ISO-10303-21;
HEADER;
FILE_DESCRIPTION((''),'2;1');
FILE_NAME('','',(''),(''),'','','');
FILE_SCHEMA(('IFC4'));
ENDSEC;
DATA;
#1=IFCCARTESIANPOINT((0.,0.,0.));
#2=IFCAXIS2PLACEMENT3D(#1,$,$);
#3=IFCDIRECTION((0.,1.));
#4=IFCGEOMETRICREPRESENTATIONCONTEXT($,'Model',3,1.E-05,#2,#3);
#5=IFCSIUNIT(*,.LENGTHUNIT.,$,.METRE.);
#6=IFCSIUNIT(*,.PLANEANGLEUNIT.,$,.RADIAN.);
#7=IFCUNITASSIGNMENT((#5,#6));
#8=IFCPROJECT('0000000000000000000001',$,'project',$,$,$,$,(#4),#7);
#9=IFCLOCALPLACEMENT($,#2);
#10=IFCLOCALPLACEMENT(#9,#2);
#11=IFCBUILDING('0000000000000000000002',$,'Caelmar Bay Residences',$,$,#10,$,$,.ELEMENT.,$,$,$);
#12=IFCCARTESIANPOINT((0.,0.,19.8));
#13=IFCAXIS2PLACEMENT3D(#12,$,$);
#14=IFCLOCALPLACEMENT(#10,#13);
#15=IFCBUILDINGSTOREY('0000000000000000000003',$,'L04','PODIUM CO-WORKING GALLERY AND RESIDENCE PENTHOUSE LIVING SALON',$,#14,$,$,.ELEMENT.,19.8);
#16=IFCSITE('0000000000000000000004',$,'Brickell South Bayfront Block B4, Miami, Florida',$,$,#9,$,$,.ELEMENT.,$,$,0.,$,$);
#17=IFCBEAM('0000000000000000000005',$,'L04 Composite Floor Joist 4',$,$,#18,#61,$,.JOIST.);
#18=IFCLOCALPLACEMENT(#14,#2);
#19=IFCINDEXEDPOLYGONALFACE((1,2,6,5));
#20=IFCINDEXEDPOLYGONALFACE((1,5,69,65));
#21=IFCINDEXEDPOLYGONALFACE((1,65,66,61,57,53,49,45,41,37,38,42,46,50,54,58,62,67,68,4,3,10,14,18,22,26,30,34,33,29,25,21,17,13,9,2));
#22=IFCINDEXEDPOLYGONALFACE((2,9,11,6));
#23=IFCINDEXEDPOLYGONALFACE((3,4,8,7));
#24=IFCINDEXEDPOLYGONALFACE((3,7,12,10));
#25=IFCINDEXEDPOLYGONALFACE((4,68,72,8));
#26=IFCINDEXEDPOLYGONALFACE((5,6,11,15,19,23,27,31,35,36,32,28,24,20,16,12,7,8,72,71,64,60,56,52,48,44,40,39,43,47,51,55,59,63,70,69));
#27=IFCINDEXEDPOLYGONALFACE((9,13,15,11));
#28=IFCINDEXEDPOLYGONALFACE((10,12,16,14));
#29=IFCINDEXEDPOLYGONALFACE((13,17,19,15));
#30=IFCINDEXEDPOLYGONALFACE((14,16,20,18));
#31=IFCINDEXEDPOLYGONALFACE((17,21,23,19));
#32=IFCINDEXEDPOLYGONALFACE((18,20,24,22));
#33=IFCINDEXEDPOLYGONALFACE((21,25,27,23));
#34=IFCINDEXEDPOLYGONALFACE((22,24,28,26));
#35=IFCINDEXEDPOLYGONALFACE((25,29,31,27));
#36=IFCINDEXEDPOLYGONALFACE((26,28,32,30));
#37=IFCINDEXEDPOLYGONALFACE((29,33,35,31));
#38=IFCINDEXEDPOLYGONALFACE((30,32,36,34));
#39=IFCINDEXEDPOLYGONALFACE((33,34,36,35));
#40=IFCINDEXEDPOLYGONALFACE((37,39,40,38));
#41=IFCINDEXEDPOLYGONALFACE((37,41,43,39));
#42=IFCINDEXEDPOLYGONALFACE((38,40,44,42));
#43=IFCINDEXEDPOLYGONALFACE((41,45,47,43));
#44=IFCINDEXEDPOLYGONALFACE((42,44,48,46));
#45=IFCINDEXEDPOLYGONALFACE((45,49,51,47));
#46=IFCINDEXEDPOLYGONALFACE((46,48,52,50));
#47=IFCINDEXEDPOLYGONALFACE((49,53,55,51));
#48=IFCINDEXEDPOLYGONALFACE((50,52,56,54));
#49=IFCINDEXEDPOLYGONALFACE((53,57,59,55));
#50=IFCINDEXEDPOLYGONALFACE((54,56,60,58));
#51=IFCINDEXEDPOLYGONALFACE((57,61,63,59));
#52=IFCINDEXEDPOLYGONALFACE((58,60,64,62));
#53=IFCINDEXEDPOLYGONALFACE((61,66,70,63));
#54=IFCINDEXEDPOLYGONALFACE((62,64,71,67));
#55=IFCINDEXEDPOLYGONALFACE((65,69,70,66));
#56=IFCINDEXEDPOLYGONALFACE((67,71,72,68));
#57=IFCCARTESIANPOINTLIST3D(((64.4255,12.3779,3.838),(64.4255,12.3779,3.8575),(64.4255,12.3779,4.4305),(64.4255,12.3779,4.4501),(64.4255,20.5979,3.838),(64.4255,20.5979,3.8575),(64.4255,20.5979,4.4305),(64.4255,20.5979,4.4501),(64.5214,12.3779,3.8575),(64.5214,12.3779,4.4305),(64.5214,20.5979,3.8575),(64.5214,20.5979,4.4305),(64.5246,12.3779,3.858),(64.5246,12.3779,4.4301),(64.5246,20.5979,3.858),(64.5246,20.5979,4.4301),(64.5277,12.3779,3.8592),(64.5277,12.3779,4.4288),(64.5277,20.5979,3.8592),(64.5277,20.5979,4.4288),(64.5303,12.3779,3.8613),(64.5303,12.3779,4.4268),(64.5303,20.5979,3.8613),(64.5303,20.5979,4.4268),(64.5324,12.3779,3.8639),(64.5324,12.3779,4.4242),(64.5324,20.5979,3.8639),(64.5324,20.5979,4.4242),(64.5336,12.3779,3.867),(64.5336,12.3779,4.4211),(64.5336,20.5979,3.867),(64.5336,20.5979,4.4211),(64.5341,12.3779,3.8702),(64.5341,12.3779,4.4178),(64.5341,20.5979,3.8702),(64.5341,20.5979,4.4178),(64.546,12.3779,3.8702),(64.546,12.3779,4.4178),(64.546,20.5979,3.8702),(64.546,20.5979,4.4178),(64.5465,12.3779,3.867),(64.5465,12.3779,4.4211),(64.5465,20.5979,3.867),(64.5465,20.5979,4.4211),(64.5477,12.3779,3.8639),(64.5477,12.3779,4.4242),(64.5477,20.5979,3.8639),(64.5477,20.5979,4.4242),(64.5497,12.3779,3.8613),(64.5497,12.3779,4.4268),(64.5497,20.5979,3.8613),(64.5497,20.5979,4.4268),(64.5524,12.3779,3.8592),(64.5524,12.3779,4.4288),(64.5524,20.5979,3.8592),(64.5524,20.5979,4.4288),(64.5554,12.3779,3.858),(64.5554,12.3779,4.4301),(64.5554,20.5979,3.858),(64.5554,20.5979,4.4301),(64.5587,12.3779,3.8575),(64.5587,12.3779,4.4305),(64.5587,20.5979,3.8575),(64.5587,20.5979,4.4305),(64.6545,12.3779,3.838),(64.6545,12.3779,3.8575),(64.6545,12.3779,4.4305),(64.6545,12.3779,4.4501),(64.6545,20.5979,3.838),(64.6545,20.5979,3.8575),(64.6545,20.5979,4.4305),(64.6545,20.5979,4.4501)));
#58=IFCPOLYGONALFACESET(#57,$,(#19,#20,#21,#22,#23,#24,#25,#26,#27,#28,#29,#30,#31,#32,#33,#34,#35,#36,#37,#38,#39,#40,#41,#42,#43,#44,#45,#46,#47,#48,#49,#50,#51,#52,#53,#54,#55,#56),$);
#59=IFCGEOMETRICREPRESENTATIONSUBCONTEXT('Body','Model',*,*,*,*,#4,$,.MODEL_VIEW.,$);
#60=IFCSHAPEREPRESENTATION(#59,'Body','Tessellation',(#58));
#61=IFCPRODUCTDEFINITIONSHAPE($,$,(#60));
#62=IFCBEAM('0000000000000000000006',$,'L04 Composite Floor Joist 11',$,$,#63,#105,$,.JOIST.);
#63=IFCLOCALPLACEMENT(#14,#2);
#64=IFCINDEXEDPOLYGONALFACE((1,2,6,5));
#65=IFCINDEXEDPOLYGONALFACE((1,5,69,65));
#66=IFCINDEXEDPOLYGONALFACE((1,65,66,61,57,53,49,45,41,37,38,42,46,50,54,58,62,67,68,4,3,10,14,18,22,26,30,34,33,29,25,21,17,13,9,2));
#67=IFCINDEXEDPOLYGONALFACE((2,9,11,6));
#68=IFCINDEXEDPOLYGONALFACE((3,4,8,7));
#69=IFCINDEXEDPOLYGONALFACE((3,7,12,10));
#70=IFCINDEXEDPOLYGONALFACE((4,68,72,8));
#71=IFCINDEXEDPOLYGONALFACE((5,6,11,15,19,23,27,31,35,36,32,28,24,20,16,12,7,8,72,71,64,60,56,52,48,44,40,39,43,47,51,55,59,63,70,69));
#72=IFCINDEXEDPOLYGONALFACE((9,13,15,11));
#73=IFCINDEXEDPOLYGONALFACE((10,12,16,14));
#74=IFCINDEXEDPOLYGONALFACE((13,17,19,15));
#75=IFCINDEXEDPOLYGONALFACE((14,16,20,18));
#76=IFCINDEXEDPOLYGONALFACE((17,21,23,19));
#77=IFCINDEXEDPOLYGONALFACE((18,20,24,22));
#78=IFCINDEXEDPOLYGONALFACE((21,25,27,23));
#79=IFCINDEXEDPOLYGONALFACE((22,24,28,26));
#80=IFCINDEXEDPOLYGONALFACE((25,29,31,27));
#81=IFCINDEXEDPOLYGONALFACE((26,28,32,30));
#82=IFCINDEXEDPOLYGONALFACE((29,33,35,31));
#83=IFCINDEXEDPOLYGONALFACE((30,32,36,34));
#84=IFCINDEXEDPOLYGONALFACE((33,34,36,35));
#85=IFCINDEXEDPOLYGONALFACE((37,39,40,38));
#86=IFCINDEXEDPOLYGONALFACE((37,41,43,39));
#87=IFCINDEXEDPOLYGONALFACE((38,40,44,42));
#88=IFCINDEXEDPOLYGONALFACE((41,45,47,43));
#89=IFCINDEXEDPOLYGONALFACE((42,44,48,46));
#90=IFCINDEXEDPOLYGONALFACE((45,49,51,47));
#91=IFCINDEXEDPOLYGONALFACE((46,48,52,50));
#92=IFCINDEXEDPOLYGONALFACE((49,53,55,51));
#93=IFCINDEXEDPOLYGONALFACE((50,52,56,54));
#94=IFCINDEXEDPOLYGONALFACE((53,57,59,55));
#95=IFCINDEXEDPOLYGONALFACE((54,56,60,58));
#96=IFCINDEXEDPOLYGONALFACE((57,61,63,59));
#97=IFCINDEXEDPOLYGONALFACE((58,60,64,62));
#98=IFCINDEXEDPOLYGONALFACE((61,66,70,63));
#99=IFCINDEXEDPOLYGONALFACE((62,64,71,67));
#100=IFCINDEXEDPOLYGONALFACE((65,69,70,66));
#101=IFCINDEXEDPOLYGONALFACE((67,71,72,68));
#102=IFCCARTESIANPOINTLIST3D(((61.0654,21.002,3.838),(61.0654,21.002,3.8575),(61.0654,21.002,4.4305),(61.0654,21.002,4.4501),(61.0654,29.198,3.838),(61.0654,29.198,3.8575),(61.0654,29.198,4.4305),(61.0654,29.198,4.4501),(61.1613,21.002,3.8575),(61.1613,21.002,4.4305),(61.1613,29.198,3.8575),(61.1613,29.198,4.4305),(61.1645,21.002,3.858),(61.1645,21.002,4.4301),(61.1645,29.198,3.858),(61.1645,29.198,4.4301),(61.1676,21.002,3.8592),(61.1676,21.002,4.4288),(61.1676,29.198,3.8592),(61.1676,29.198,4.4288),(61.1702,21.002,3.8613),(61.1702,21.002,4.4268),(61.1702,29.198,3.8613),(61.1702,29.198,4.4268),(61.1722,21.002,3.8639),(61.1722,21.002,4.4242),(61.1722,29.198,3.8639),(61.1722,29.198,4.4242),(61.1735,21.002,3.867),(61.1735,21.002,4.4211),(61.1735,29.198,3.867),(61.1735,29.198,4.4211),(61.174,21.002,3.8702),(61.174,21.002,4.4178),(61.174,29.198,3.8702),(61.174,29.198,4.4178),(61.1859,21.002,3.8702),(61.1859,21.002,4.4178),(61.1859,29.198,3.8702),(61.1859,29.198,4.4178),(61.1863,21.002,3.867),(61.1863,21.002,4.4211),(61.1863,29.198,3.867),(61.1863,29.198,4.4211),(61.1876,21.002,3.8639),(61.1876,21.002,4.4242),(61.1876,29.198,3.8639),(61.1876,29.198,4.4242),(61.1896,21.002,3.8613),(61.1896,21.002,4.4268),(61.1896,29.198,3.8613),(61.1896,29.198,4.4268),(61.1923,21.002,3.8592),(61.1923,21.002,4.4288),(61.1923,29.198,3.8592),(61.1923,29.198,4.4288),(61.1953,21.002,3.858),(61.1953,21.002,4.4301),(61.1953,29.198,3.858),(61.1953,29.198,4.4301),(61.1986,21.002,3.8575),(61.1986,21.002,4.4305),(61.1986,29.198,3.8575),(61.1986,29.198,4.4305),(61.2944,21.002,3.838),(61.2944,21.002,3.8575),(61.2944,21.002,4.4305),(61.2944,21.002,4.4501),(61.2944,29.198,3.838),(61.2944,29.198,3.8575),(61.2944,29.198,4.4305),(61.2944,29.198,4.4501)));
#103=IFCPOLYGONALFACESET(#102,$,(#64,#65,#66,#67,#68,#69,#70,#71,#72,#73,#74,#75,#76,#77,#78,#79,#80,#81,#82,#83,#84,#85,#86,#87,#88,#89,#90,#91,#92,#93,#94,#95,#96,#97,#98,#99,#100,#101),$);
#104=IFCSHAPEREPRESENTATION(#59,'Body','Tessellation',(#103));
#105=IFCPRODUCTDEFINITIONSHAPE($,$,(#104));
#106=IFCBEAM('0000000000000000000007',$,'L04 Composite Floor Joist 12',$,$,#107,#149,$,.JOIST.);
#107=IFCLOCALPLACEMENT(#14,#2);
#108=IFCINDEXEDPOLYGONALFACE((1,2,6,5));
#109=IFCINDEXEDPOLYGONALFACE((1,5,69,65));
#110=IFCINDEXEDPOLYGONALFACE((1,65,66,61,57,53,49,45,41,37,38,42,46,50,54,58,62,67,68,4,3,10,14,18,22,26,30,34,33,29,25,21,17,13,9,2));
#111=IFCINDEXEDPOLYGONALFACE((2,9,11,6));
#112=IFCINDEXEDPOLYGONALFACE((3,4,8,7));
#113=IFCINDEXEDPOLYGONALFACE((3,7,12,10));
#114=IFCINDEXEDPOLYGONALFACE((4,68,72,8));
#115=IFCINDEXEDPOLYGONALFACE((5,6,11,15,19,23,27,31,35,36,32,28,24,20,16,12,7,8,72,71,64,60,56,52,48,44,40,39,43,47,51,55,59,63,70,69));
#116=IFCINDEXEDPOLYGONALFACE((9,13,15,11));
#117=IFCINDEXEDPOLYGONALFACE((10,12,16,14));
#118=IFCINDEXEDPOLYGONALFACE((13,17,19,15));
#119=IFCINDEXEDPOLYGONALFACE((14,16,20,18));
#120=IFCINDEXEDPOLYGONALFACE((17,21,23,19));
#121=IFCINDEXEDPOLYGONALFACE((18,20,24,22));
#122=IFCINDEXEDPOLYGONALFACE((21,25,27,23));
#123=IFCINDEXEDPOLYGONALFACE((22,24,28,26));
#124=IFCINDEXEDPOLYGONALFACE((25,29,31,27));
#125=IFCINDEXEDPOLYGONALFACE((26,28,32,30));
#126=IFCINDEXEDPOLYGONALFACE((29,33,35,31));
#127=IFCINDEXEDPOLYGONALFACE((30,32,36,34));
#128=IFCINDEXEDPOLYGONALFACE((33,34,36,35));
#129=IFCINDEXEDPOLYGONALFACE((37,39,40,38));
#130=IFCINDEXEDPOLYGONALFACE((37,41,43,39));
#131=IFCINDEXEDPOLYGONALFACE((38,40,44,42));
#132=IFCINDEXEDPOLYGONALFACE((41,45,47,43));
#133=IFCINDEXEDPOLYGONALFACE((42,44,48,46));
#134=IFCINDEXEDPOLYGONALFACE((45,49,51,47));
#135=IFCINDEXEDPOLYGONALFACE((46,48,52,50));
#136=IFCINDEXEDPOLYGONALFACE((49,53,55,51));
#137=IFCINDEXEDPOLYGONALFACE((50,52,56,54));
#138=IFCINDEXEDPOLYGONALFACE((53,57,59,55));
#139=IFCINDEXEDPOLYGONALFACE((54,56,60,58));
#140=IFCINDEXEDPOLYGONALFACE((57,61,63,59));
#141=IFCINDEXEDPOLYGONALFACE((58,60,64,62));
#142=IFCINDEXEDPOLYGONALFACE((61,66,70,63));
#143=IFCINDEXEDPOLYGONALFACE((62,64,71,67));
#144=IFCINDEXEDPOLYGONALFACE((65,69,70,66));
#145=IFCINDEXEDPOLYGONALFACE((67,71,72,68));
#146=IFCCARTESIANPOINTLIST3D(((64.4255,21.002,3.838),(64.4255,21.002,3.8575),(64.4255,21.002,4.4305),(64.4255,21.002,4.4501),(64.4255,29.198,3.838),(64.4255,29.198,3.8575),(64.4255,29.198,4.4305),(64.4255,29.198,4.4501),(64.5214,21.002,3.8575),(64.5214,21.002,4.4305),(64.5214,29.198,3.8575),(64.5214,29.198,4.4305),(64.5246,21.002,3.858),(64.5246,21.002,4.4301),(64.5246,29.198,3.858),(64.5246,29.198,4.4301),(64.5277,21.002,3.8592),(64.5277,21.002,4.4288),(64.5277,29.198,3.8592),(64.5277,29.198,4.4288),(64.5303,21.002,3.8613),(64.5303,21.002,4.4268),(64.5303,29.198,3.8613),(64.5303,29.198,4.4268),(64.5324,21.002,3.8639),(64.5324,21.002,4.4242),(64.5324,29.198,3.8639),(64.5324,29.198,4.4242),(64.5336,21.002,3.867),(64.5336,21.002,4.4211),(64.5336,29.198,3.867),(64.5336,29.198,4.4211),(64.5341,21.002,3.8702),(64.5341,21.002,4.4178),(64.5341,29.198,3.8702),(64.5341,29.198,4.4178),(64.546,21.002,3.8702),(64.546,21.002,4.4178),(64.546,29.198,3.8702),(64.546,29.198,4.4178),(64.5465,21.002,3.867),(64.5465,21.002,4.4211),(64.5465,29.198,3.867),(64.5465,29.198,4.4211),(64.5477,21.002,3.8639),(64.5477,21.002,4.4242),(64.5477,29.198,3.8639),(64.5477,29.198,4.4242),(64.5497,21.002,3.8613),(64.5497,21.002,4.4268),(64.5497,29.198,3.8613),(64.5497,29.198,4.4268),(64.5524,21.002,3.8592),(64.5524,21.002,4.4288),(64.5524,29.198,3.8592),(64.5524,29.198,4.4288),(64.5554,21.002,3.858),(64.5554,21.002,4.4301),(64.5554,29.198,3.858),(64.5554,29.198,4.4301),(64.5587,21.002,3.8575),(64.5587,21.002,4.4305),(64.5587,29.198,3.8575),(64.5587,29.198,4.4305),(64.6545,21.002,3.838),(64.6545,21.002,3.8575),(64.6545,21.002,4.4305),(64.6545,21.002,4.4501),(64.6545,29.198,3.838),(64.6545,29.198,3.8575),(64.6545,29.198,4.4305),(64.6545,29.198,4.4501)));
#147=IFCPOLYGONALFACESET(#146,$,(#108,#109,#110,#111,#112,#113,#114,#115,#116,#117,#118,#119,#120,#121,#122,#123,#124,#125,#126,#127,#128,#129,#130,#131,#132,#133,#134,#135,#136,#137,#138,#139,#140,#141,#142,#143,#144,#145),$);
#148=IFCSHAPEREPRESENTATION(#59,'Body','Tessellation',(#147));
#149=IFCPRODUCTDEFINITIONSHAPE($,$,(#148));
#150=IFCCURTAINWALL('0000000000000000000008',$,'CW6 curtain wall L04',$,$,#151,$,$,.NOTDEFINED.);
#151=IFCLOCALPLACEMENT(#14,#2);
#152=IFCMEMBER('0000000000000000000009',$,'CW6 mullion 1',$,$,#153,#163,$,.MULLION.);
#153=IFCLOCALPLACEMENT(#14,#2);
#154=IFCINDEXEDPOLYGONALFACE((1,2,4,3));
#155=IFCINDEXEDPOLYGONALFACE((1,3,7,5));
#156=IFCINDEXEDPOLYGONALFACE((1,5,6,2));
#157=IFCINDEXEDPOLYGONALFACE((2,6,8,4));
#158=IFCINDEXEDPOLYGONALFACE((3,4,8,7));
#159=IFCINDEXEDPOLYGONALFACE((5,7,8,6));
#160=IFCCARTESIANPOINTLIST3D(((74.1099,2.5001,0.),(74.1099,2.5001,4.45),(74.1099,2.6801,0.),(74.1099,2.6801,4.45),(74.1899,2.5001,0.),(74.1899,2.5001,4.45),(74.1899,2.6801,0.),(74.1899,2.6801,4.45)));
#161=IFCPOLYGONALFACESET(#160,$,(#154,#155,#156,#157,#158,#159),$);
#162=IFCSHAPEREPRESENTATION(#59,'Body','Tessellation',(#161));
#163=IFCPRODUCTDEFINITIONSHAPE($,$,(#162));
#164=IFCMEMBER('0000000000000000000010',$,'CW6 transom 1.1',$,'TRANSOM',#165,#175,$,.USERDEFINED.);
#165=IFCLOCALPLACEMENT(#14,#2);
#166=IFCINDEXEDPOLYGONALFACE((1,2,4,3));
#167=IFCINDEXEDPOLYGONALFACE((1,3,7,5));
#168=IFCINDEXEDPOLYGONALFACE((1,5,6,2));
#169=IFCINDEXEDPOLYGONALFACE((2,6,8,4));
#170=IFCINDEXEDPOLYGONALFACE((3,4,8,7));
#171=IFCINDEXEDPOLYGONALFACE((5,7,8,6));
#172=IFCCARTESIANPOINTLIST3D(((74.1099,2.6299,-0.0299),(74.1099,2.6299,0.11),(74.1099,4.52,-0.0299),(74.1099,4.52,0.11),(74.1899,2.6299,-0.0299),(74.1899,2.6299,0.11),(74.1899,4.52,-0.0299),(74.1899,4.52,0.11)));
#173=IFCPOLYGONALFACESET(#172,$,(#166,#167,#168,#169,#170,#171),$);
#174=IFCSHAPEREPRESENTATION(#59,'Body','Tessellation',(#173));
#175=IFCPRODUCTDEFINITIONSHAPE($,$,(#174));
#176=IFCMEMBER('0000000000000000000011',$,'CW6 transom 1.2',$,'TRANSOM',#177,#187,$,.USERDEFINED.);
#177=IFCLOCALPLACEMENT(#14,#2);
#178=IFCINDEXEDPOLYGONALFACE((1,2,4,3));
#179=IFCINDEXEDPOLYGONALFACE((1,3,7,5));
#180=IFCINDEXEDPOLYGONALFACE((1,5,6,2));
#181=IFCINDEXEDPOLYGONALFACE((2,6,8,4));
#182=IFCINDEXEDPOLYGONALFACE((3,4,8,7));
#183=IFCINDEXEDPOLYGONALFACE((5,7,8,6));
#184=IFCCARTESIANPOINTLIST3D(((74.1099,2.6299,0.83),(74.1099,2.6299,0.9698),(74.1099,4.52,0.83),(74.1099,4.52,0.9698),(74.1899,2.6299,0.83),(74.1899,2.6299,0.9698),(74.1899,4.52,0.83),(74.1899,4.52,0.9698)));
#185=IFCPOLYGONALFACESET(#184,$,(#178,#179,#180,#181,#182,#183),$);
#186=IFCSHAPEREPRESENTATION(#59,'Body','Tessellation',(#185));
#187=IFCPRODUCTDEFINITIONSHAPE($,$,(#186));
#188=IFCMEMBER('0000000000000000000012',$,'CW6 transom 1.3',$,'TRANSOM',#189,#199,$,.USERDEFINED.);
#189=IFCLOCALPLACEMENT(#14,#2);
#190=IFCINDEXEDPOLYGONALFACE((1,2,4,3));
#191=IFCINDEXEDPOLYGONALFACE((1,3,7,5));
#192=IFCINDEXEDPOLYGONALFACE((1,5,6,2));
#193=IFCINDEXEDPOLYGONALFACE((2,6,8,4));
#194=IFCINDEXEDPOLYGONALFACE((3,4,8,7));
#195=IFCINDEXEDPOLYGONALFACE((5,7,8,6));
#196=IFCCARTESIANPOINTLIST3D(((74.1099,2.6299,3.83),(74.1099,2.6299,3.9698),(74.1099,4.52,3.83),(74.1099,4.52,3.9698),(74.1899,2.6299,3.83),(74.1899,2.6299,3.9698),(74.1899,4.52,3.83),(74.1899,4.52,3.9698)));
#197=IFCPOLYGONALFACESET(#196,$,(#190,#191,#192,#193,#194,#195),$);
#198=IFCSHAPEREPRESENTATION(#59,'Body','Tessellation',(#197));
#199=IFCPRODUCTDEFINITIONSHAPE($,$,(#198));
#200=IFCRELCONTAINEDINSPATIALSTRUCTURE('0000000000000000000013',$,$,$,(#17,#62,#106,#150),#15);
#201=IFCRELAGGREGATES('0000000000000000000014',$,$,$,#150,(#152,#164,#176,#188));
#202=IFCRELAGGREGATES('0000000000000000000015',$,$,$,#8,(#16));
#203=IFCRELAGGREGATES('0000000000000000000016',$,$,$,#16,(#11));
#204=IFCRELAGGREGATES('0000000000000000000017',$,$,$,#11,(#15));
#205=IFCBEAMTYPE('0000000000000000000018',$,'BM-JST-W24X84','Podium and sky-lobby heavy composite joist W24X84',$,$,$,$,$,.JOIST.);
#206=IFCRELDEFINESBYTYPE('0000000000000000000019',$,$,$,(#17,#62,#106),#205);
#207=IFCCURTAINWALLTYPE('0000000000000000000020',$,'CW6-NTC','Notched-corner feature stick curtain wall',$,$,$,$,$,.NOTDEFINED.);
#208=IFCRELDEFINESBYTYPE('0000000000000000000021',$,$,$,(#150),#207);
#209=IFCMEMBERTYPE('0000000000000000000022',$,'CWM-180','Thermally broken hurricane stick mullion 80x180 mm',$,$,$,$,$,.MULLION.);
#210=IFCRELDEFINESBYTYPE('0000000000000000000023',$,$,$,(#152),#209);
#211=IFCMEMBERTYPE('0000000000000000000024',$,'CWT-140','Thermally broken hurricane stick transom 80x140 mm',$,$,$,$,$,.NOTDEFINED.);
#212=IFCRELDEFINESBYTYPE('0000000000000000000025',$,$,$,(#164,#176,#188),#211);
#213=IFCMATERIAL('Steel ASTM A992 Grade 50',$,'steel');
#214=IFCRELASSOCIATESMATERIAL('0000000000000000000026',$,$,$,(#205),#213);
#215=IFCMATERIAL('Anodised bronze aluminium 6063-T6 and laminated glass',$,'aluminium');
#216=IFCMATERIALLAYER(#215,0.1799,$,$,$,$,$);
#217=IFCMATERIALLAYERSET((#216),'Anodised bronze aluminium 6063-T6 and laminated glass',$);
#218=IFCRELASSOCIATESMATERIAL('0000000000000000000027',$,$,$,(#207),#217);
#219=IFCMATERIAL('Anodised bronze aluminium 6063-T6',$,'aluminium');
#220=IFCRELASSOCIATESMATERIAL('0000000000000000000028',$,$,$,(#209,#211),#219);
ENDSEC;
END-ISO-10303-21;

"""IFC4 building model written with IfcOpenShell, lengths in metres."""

from ifc_helpers import new_model, si_unit, direction, frame, origin, origin_2d, place, context, subcontext, project, spatial, rectangle, i_section, extrude, material, layer, layer_set, material_profile, profile_set, type_object, element, aggregate, save


model = new_model("IFC4")

# Units and contexts
model_context = context("Model", 3, precision=1e-05, world=origin(), true_north=direction((0.0, 1.0)))
body_context = subcontext(model_context, "Body", "Model", "MODEL_VIEW")
ifc_project = project(units=[si_unit("LENGTHUNIT", "METRE"), si_unit("PLANEANGLEUNIT", "RADIAN")], contexts=[model_context])

# Site, building, storey
site_placement = place(None, origin())
site = spatial("IfcSite", under=ifc_project, at=site_placement, Name="Brickell South Bayfront Block B4, Miami, Florida", CompositionType="ELEMENT", RefElevation=0.0)
building_placement = place(site_placement, origin())
building = spatial("IfcBuilding", under=site, at=building_placement, Name="Caelmar Bay Residences", CompositionType="ELEMENT")
storey_placement = place(building_placement, frame((0.0, 0.0, 19.8)))
storey = spatial("IfcBuildingStorey", under=building, at=storey_placement, Name="L04", Description="PODIUM CO-WORKING GALLERY AND RESIDENCE PENTHOUSE LIVING SALON", CompositionType="ELEMENT", Elevation=19.8)

# Beams
ifc_material_1 = material(Name="Steel ASTM A992 Grade 50", Category="steel")
ifc_material_profile_1 = material_profile(ifc_material_1, i_section(OverallWidth=0.229, OverallDepth=0.6121, WebThickness=0.012, FlangeThickness=0.0195, FilletRadius=0.0127, at=origin_2d()), Name="W24X84")
ifc_profile_set_1 = profile_set([ifc_material_profile_1], Name="Steel ASTM A992 Grade 50")
beam_type_1 = type_object("IfcBeamType", Name="BM-JST-W24X84", Description="Podium and sky-lobby heavy composite joist W24X84", PredefinedType="JOIST", material=ifc_profile_set_1)
for number, where, z_axis, x_axis, name in (
    (1, (64.54, 12.3779, 4.144), (0.0, 1.0, 0.0), (-1.0, 0.0, 0.0), "L04 Composite Floor Joist 4"),
):
    element("IfcBeam", number, at=place(storey_placement, frame(where, z_axis=z_axis, x_axis=x_axis)), inside=storey, type_object=beam_type_1, Name=name, PredefinedType="JOIST", context=body_context, shape_type="SweptSolid", body=[
        extrude(i_section(OverallWidth=0.229, OverallDepth=0.6121, WebThickness=0.012, FlangeThickness=0.0195, FilletRadius=0.0127, at=origin_2d()), origin(), (0.0, 0.0, 1.0), 8.22),
    ])
for number, where, z_axis, x_axis, name in (
    (2, (61.1799, 21.002, 4.144), (0.0, 1.0, 0.0), (-1.0, 0.0, 0.0), "L04 Composite Floor Joist 11"),
    (3, (64.54, 21.002, 4.144), (0.0, 1.0, 0.0), (-1.0, 0.0, 0.0), "L04 Composite Floor Joist 12"),
):
    element("IfcBeam", number, at=place(storey_placement, frame(where, z_axis=z_axis, x_axis=x_axis)), inside=storey, type_object=beam_type_1, Name=name, PredefinedType="JOIST", context=body_context, shape_type="SweptSolid", body=[
        extrude(i_section(OverallWidth=0.229, OverallDepth=0.6121, WebThickness=0.012, FlangeThickness=0.0195, FilletRadius=0.0127, at=origin_2d()), origin(), (0.0, 0.0, 1.0), 8.196),
    ])

# Curtain wall, members
ifc_material_2 = material(Name="Anodised bronze aluminium 6063-T6 and laminated glass", Category="aluminium")
ifc_layer_1 = layer(ifc_material_2, 0.1799)
ifc_layer_set_1 = layer_set([ifc_layer_1], Name="Anodised bronze aluminium 6063-T6 and laminated glass")
curtain_wall_type = type_object("IfcCurtainWallType", Name="CW6-NTC", Description="Notched-corner feature stick curtain wall", PredefinedType="NOTDEFINED", material=ifc_layer_set_1)
curtain_wall_placement = place(storey_placement, origin())
curtain_wall = element("IfcCurtainWall", 4, at=curtain_wall_placement, inside=storey, type_object=curtain_wall_type, Name="CW6 curtain wall L04", PredefinedType="NOTDEFINED")
ifc_material_3 = material(Name="Anodised bronze aluminium 6063-T6", Category="aluminium")
ifc_material_profile_2 = material_profile(ifc_material_3, rectangle(XDim=0.0801, YDim=0.1799, at=origin_2d()), Name="CWM-80X180")
ifc_profile_set_2 = profile_set([ifc_material_profile_2], Name="Anodised bronze aluminium 6063-T6")
member_type_1 = type_object("IfcMemberType", Name="CWM-180", Description="Thermally broken hurricane stick mullion 80x180 mm", PredefinedType="MULLION", material=ifc_profile_set_2)
member_1_placement = place(storey_placement, frame((74.1499, 2.5901, 0.0), z_axis=(0.0, 0.0, 1.0), x_axis=(-1.0, 0.0, 0.0)))
member_1 = element("IfcMember", 5, at=member_1_placement, type_object=member_type_1, Name="CW6 mullion 1", PredefinedType="MULLION", context=body_context, shape_type="SweptSolid", body=[
    extrude(rectangle(XDim=0.0801, YDim=0.1799, at=origin_2d()), origin(), (0.0, 0.0, 1.0), 4.45),
])
ifc_material_profile_3 = material_profile(ifc_material_3, rectangle(XDim=0.0801, YDim=0.1399, at=origin_2d()), Name="CWT-80X140")
ifc_profile_set_3 = profile_set([ifc_material_profile_3], Name="Anodised bronze aluminium 6063-T6")
member_type_2 = type_object("IfcMemberType", Name="CWT-140", Description="Thermally broken hurricane stick transom 80x140 mm", PredefinedType="NOTDEFINED", material=ifc_profile_set_3)
member_2_placement = place(storey_placement, frame((74.1499, 2.6299, 0.04), z_axis=(0.0, 1.0, 0.0), x_axis=(-1.0, 0.0, 0.0)))
member_2 = element("IfcMember", 6, at=member_2_placement, type_object=member_type_2, Name="CW6 transom 1.1", ObjectType="TRANSOM", PredefinedType="USERDEFINED", context=body_context, shape_type="SweptSolid", body=[
    extrude(rectangle(XDim=0.0801, YDim=0.1399, at=origin_2d()), origin(), (0.0, 0.0, 1.0), 1.8901),
])
member_3_placement = place(storey_placement, frame((74.1499, 2.6299, 0.8999), z_axis=(0.0, 1.0, 0.0), x_axis=(-1.0, 0.0, 0.0)))
member_3 = element("IfcMember", 7, at=member_3_placement, type_object=member_type_2, Name="CW6 transom 1.2", ObjectType="TRANSOM", PredefinedType="USERDEFINED", context=body_context, shape_type="SweptSolid", body=[
    extrude(rectangle(XDim=0.0801, YDim=0.1399, at=origin_2d()), origin(), (0.0, 0.0, 1.0), 1.8901),
])
member_4_placement = place(storey_placement, frame((74.1499, 2.6299, 3.8999), z_axis=(0.0, 1.0, 0.0), x_axis=(-1.0, 0.0, 0.0)))
member_4 = element("IfcMember", 8, at=member_4_placement, type_object=member_type_2, Name="CW6 transom 1.3", ObjectType="TRANSOM", PredefinedType="USERDEFINED", context=body_context, shape_type="SweptSolid", body=[
    extrude(rectangle(XDim=0.0801, YDim=0.1399, at=origin_2d()), origin(), (0.0, 0.0, 1.0), 1.8901),
])
aggregate(curtain_wall, [member_1, member_2, member_3, member_4])

save(model, "model.ifc")
